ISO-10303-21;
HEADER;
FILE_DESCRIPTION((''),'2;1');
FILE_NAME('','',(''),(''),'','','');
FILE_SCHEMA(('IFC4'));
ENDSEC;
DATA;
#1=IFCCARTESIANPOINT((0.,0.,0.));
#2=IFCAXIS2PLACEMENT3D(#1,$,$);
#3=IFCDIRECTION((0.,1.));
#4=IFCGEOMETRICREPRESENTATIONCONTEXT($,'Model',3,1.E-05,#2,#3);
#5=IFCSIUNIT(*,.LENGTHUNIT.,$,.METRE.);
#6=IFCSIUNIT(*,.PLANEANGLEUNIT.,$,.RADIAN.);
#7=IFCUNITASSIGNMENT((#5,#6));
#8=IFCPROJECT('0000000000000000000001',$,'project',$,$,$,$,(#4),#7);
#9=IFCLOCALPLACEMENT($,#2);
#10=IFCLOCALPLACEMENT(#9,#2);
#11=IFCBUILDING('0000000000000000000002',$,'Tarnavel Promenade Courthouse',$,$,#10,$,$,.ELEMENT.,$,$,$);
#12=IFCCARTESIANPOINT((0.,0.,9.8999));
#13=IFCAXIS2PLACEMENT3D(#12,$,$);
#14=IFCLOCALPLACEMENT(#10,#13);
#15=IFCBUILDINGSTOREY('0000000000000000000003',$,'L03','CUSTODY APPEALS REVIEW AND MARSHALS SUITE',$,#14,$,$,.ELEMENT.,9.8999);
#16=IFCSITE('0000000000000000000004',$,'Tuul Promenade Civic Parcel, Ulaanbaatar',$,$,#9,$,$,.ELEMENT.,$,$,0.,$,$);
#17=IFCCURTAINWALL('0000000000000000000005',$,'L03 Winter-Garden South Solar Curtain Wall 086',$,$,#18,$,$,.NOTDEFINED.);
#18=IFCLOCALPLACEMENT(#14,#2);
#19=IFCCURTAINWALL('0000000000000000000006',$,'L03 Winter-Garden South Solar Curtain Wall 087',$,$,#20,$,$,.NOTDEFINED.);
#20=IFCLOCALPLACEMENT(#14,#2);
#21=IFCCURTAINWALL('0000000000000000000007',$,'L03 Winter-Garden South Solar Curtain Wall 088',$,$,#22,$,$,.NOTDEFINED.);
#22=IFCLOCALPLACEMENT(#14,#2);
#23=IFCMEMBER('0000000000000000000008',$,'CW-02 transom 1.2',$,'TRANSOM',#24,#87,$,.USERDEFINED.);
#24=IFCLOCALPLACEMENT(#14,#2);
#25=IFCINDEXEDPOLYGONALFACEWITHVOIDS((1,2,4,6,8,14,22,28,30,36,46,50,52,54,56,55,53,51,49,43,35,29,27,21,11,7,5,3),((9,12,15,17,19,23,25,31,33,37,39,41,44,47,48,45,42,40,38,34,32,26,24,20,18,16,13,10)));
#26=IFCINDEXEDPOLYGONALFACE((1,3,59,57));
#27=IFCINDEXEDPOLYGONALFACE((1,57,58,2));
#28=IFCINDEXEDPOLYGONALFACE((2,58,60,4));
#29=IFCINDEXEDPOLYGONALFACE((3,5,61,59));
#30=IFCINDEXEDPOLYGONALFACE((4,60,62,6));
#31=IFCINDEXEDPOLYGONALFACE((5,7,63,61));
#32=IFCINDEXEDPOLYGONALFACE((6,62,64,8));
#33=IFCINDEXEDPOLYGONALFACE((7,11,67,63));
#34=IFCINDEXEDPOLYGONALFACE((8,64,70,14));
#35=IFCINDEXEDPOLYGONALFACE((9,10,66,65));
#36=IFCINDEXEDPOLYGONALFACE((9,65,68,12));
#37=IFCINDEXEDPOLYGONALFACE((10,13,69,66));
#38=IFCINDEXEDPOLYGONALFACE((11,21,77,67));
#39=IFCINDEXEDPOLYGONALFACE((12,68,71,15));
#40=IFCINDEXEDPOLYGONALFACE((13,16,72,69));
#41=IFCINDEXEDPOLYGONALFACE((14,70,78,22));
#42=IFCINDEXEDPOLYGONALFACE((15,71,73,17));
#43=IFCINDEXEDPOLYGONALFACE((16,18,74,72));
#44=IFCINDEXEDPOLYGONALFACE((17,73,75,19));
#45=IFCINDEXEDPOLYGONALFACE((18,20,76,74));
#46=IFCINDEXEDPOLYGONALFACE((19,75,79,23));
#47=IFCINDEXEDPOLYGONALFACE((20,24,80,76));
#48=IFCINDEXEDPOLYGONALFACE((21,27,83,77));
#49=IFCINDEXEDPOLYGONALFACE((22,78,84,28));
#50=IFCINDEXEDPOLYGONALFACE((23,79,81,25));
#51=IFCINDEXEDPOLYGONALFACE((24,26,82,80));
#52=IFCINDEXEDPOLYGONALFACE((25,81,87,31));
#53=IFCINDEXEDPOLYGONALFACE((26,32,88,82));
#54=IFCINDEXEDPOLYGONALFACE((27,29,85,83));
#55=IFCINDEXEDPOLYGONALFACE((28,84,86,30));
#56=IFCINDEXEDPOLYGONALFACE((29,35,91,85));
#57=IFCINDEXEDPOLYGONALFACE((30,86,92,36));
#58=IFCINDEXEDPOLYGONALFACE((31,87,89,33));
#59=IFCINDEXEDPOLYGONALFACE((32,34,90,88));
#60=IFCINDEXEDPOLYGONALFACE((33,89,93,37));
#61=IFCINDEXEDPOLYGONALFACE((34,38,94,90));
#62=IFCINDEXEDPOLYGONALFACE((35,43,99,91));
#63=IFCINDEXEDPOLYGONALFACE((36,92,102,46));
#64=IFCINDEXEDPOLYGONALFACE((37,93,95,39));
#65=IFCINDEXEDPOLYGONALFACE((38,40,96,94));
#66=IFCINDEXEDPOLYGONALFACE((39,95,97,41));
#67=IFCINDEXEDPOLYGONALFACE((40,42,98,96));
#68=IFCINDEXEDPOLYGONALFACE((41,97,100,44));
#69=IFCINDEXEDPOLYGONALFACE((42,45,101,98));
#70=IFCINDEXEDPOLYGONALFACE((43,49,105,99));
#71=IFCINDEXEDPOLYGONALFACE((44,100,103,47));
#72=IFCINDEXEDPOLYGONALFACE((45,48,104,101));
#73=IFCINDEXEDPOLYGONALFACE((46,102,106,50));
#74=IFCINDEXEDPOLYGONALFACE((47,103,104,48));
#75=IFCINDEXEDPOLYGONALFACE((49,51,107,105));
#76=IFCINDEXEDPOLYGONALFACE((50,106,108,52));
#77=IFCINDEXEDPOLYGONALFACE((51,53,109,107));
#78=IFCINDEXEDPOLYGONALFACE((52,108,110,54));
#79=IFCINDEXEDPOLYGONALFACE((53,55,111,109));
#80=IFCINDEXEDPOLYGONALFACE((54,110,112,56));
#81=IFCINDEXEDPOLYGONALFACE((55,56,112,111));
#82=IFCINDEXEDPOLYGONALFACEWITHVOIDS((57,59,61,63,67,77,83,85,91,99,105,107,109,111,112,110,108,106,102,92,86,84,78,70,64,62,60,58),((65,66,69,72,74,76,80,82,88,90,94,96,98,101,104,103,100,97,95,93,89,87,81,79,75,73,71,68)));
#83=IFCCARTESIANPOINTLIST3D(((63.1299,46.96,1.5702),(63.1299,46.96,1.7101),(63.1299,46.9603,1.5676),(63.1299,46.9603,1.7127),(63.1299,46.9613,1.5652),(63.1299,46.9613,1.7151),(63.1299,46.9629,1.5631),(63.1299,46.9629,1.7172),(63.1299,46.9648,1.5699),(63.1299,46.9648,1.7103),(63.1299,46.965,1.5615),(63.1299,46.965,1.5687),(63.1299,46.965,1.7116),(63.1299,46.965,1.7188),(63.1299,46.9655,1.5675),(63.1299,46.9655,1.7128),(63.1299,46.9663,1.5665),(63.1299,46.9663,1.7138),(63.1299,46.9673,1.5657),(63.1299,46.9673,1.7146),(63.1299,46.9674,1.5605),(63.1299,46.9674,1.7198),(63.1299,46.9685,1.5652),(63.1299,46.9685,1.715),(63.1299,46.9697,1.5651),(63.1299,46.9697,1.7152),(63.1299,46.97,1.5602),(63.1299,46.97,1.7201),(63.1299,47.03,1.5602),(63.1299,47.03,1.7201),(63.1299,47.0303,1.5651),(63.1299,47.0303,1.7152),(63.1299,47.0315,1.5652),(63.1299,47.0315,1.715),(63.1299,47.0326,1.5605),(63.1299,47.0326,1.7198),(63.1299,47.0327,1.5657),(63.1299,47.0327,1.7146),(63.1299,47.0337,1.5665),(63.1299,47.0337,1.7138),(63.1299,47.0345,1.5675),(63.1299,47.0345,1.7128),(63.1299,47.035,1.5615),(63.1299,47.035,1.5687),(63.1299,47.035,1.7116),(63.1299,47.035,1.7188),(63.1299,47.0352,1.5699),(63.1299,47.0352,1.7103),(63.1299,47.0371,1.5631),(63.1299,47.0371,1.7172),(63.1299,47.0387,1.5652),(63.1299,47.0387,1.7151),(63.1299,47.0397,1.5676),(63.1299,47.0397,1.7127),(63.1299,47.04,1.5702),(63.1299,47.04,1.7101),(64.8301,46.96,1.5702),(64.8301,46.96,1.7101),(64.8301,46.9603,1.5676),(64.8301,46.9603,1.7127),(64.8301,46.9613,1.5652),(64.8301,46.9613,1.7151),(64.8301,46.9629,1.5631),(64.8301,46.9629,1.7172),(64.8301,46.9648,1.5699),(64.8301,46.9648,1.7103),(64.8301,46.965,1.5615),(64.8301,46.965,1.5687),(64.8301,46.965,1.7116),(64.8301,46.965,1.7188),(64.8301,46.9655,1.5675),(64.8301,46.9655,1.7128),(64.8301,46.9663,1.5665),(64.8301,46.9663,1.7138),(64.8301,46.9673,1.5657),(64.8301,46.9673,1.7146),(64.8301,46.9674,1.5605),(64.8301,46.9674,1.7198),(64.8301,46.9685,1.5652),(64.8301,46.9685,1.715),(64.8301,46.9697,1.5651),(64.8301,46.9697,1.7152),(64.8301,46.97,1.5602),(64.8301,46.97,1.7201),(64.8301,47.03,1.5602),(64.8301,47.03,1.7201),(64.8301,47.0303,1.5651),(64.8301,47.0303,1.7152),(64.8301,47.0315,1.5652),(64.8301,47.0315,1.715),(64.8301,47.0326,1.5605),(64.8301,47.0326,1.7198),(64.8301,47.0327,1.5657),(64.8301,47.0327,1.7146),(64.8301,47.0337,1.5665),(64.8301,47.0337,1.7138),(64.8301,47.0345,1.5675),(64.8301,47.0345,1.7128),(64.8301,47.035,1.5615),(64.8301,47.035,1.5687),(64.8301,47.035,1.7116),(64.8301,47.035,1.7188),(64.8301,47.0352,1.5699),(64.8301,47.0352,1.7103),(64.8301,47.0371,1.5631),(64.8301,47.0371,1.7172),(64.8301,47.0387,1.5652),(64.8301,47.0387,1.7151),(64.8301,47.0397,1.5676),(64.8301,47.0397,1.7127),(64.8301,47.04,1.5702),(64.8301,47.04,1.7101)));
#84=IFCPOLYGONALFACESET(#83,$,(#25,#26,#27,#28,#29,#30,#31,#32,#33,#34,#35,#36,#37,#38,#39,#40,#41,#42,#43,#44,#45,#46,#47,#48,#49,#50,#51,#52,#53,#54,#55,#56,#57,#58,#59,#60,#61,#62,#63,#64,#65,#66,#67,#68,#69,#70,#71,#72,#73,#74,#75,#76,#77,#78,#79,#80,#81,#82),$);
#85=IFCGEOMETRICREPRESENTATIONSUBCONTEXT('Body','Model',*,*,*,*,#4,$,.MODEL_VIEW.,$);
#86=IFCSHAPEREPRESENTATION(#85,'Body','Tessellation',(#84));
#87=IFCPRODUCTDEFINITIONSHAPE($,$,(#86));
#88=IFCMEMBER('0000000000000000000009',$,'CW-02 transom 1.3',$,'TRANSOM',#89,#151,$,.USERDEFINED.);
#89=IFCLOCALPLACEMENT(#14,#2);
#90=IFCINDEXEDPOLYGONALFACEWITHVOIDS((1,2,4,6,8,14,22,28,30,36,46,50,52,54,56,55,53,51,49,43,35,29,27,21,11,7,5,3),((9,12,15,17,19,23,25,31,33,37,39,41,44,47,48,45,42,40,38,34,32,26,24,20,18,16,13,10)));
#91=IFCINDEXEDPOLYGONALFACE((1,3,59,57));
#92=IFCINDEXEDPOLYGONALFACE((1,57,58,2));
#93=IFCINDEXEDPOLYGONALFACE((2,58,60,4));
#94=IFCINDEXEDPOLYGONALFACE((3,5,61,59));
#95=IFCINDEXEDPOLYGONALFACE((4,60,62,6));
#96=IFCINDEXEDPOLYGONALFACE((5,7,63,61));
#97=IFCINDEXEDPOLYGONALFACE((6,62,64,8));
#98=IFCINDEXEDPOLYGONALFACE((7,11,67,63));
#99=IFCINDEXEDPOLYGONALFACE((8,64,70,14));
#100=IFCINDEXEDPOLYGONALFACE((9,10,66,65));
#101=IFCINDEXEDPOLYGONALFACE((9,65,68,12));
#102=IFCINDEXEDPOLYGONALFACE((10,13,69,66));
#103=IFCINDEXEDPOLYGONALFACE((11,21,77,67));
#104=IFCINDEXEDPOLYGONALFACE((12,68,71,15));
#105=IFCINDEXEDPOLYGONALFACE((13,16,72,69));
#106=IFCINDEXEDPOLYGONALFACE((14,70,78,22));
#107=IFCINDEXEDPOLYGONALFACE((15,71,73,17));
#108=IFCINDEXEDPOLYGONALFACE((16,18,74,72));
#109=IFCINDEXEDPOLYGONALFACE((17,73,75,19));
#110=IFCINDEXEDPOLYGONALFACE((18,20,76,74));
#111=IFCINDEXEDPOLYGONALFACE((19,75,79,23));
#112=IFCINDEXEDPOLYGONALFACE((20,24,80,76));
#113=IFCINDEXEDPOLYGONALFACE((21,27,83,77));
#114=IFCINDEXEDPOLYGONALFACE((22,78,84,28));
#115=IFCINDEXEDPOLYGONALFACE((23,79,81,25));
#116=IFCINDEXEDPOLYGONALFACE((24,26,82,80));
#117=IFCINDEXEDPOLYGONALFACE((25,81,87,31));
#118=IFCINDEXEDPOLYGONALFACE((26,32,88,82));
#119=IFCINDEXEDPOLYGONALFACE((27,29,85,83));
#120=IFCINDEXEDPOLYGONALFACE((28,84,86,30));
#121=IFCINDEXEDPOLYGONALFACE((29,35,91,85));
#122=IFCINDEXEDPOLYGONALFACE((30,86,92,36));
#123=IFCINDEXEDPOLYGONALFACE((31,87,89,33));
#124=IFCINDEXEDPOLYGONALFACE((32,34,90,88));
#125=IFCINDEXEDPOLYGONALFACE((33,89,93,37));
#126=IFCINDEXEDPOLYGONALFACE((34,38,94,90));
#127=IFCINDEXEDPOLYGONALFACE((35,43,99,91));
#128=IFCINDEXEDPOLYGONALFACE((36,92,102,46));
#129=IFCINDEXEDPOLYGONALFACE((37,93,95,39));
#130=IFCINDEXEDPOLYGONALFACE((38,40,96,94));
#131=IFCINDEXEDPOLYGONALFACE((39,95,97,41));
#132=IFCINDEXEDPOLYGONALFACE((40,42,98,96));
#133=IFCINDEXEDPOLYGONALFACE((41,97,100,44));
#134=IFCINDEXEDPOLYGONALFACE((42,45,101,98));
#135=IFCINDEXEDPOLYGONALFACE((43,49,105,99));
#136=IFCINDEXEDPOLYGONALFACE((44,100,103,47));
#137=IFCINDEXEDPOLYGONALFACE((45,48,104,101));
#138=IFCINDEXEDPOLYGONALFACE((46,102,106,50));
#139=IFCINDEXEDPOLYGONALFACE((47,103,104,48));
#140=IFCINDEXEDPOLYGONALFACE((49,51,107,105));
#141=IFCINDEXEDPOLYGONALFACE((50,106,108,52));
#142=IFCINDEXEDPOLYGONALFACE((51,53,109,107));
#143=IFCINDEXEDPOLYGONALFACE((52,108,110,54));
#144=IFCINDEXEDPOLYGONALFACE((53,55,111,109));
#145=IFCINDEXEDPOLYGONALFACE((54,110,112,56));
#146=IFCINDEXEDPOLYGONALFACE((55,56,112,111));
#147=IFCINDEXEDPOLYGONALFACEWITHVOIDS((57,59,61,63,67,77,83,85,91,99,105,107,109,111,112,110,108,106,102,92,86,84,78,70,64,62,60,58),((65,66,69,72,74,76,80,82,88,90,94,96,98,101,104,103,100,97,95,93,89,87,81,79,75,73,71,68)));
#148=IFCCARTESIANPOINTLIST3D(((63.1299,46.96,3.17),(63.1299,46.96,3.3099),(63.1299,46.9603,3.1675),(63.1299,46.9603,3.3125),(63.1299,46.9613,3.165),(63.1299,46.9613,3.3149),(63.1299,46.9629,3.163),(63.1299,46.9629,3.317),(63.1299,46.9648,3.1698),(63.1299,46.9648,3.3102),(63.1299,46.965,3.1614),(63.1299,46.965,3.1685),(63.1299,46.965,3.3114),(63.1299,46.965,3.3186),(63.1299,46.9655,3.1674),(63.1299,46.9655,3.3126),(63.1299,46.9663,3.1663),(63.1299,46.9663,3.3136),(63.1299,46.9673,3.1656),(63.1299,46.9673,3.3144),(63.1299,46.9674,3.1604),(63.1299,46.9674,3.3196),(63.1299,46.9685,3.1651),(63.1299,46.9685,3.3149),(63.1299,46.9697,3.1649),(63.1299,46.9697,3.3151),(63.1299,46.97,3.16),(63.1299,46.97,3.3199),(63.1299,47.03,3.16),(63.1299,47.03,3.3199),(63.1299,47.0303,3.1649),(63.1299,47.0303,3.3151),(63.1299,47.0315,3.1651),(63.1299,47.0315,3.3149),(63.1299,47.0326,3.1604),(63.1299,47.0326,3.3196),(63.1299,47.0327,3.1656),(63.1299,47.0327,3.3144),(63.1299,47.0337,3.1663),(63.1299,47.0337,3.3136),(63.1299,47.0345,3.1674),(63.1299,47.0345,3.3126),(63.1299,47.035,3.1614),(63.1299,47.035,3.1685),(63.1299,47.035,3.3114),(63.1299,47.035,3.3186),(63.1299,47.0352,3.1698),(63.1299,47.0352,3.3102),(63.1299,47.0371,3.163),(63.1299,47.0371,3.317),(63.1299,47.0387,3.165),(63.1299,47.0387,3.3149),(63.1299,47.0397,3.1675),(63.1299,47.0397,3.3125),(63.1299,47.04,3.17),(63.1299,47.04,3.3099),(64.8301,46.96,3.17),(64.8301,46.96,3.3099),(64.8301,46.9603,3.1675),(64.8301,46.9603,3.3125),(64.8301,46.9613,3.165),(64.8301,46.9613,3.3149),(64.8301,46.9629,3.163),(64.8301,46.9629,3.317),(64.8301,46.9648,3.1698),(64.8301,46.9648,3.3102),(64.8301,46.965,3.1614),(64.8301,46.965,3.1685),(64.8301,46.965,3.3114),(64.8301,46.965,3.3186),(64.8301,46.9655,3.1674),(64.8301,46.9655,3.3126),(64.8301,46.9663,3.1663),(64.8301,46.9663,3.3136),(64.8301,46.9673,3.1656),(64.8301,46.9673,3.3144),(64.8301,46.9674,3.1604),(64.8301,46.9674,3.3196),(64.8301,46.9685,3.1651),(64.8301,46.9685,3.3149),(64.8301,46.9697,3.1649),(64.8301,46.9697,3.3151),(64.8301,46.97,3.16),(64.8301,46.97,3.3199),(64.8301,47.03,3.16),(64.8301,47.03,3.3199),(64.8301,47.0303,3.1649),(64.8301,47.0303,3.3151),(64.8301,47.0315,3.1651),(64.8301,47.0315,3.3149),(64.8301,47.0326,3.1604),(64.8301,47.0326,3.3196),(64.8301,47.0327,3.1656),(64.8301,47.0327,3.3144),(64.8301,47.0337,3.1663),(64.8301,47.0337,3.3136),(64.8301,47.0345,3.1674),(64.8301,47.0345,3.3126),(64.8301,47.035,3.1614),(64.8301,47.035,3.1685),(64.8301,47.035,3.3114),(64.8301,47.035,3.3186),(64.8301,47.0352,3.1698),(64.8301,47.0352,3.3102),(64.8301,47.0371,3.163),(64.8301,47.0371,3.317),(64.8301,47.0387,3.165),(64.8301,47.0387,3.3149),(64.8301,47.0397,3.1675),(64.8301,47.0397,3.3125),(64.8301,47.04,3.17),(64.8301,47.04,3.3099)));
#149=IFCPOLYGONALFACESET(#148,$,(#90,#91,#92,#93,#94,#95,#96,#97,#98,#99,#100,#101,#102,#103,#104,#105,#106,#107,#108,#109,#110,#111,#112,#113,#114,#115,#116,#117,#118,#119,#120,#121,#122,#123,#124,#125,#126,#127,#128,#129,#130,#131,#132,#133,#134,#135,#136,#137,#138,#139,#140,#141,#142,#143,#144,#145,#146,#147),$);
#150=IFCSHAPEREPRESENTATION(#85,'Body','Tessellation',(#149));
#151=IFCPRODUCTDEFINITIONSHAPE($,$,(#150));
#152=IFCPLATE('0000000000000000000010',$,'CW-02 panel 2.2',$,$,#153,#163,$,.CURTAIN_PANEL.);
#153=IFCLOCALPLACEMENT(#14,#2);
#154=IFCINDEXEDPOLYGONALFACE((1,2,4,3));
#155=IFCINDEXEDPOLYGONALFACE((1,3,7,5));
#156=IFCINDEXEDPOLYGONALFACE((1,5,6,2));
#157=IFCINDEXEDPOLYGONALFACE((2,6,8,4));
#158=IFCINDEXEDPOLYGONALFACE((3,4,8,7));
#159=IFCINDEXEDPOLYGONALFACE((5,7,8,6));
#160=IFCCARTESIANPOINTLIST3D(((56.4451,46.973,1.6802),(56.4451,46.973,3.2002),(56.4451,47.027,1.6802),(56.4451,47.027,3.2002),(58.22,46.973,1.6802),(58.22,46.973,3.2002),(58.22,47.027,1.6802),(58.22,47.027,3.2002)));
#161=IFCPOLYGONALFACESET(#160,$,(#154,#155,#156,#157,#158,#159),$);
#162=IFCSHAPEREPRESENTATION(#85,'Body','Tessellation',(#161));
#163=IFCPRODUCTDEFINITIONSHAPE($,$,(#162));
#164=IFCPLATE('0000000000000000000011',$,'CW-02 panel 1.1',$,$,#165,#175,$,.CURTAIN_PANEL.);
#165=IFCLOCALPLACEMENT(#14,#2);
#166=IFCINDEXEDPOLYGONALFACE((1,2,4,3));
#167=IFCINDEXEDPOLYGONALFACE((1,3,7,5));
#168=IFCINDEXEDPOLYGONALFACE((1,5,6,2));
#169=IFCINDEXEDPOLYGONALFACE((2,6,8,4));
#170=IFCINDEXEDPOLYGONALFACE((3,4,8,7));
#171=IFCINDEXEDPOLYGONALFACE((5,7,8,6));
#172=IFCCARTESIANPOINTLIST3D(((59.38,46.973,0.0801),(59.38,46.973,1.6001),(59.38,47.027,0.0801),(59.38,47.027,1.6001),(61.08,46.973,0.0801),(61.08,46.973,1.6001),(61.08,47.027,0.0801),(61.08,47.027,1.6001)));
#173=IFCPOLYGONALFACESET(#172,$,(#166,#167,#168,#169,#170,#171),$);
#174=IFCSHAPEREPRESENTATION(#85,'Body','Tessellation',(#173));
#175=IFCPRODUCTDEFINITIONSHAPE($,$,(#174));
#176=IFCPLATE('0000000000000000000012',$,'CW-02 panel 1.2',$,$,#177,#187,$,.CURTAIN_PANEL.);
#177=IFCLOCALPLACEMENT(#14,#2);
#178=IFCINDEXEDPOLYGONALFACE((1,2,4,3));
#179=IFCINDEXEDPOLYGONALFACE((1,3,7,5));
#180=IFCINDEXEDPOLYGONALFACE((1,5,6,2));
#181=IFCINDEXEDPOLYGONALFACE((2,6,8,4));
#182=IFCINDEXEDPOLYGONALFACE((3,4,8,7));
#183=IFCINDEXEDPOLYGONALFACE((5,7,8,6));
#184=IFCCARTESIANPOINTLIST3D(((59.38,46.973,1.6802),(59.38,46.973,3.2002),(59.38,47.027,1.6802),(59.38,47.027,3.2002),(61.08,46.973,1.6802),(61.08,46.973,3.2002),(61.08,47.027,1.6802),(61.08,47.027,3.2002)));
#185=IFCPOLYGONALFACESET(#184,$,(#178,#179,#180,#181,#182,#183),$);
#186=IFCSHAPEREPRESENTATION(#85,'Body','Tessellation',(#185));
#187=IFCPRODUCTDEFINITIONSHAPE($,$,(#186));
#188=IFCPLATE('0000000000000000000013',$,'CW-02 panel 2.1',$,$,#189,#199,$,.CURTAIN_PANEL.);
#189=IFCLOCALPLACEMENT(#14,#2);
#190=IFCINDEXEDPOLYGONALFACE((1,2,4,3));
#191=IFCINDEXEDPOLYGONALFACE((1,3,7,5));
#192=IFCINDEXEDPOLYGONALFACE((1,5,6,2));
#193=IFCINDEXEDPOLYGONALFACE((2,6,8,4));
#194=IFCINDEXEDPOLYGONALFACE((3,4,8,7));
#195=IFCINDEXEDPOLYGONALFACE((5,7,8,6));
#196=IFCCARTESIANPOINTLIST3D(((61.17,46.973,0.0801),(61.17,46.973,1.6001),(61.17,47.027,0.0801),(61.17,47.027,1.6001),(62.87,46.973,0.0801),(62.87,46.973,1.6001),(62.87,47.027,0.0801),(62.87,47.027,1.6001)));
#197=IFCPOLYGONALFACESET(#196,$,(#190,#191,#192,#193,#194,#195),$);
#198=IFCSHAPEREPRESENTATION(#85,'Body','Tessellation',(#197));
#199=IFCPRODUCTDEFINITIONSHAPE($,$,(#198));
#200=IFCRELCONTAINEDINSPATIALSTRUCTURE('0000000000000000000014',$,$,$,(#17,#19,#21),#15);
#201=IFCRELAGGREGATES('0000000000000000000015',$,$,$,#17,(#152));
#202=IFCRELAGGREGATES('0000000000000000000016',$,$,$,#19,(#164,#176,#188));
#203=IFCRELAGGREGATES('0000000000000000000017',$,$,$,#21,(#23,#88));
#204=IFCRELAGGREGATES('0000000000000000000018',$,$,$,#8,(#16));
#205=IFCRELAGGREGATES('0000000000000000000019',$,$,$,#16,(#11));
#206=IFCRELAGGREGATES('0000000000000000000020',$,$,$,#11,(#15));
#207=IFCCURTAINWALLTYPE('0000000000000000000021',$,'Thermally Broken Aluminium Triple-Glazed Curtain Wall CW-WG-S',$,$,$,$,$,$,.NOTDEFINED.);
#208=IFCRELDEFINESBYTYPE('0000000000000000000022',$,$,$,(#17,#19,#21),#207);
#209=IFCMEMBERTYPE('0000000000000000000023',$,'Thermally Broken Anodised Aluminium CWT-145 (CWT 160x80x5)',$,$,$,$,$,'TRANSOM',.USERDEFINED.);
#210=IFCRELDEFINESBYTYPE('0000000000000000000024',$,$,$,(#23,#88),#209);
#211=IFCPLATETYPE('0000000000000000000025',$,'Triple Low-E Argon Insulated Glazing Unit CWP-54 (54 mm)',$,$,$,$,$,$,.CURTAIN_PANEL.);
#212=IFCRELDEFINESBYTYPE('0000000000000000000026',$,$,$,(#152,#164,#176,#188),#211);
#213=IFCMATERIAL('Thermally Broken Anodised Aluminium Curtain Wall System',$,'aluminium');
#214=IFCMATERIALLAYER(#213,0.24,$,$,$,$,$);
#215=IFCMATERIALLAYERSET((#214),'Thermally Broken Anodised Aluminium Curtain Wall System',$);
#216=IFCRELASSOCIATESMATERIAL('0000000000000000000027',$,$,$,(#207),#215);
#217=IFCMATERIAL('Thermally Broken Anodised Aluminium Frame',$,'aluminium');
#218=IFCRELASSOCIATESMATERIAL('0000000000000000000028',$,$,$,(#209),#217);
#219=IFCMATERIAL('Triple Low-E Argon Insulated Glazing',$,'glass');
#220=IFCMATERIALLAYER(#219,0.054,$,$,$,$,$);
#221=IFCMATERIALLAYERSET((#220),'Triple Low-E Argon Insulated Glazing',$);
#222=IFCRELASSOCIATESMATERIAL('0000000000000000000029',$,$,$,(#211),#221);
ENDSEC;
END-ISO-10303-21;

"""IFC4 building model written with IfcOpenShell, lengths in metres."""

from ifc_helpers import new_model, si_unit, direction, frame, origin, origin_2d, place, context, subcontext, project, spatial, rectangle, hollow_rectangle, extrude, material, layer, layer_set, material_profile, profile_set, type_object, element, aggregate, save


model = new_model("IFC4")

# Units and contexts
model_context = context("Model", 3, precision=1e-05, world=origin(), true_north=direction((0.0, 1.0)))
body_context = subcontext(model_context, "Body", "Model", "MODEL_VIEW")
ifc_project = project(units=[si_unit("LENGTHUNIT", "METRE"), si_unit("PLANEANGLEUNIT", "RADIAN")], contexts=[model_context])

# Site, building, storey
site_placement = place(None, origin())
site = spatial("IfcSite", under=ifc_project, at=site_placement, Name="Tuul Promenade Civic Parcel, Ulaanbaatar", CompositionType="ELEMENT", RefElevation=0.0)
building_placement = place(site_placement, origin())
building = spatial("IfcBuilding", under=site, at=building_placement, Name="Tarnavel Promenade Courthouse", CompositionType="ELEMENT")
storey_placement = place(building_placement, frame((0.0, 0.0, 9.8999)))
storey = spatial("IfcBuildingStorey", under=building, at=storey_placement, Name="L03", Description="CUSTODY APPEALS REVIEW AND MARSHALS SUITE", CompositionType="ELEMENT", Elevation=9.8999)

# Curtain wall
ifc_material_1 = material(Name="Thermally Broken Anodised Aluminium Curtain Wall System", Category="aluminium")
ifc_layer_1 = layer(ifc_material_1, 0.24)
ifc_layer_set_1 = layer_set([ifc_layer_1], Name="Thermally Broken Anodised Aluminium Curtain Wall System")
curtain_wall_type = type_object("IfcCurtainWallType", Name="Thermally Broken Aluminium Triple-Glazed Curtain Wall CW-WG-S", PredefinedType="NOTDEFINED", material=ifc_layer_set_1)
curtain_wall_1_placement = place(storey_placement, origin())
curtain_wall_1 = element("IfcCurtainWall", 1, at=curtain_wall_1_placement, inside=storey, type_object=curtain_wall_type, Name="L03 Winter-Garden South Solar Curtain Wall 086", PredefinedType="NOTDEFINED")
ifc_material_2 = material(Name="Thermally Broken Anodised Aluminium Frame", Category="aluminium")

# Curtain wall
curtain_wall_2_placement = place(storey_placement, origin())
curtain_wall_2 = element("IfcCurtainWall", 2, at=curtain_wall_2_placement, inside=storey, type_object=curtain_wall_type, Name="L03 Winter-Garden South Solar Curtain Wall 087", PredefinedType="NOTDEFINED")

# Curtain wall
curtain_wall_3_placement = place(storey_placement, origin())
curtain_wall_3 = element("IfcCurtainWall", 3, at=curtain_wall_3_placement, inside=storey, type_object=curtain_wall_type, Name="L03 Winter-Garden South Solar Curtain Wall 088", PredefinedType="NOTDEFINED")

# Members
ifc_material_profile_1 = material_profile(ifc_material_2, hollow_rectangle(XDim=0.0801, YDim=0.1599, WallThickness=0.0049, InnerFilletRadius=0.0049, OuterFilletRadius=0.01, at=origin_2d()), Name="CWT 160x80x5")
ifc_profile_set_1 = profile_set([ifc_material_profile_1], Name="Thermally Broken Anodised Aluminium Frame")
member_type_1 = type_object("IfcMemberType", Name="Thermally Broken Anodised Aluminium CWT-145 (CWT 160x80x5)", ElementType="TRANSOM", PredefinedType="USERDEFINED", material=ifc_profile_set_1)
member_1_placement = place(storey_placement, frame((63.1299, 47.0, 1.6401), z_axis=(1.0, 0.0, 0.0), x_axis=(0.0, 1.0, 0.0)))
member_1 = element("IfcMember", 4, at=member_1_placement, type_object=member_type_1, Name="CW-02 transom 1.2", ObjectType="TRANSOM", PredefinedType="USERDEFINED", context=body_context, shape_type="SweptSolid", body=[
    extrude(hollow_rectangle(XDim=0.0801, YDim=0.1599, WallThickness=0.0049, InnerFilletRadius=0.0049, OuterFilletRadius=0.01, at=origin_2d()), origin(), (0.0, 0.0, 1.0), 1.7002),
])
member_2_placement = place(storey_placement, frame((63.1299, 47.0, 3.24), z_axis=(1.0, 0.0, 0.0), x_axis=(0.0, 1.0, 0.0)))
member_2 = element("IfcMember", 5, at=member_2_placement, type_object=member_type_1, Name="CW-02 transom 1.3", ObjectType="TRANSOM", PredefinedType="USERDEFINED", context=body_context, shape_type="SweptSolid", body=[
    extrude(hollow_rectangle(XDim=0.0801, YDim=0.1599, WallThickness=0.0049, InnerFilletRadius=0.0049, OuterFilletRadius=0.01, at=origin_2d()), origin(), (0.0, 0.0, 1.0), 1.7002),
])

# Plates
ifc_material_3 = material(Name="Triple Low-E Argon Insulated Glazing", Category="glass")
ifc_layer_2 = layer(ifc_material_3, 0.054)
ifc_layer_set_2 = layer_set([ifc_layer_2], Name="Triple Low-E Argon Insulated Glazing")
plate_type = type_object("IfcPlateType", Name="Triple Low-E Argon Insulated Glazing Unit CWP-54 (54 mm)", PredefinedType="CURTAIN_PANEL", material=ifc_layer_set_2)
plate_1_placement = place(storey_placement, frame((57.3325, 47.0, 1.6802), z_axis=(0.0, 0.0, 1.0), x_axis=(1.0, 0.0, 0.0)))
plate_1 = element("IfcPlate", 6, at=plate_1_placement, type_object=plate_type, Name="CW-02 panel 2.2", PredefinedType="CURTAIN_PANEL", context=body_context, shape_type="SweptSolid", body=[
    extrude(rectangle(XDim=1.7749, YDim=0.054, at=origin_2d()), origin(), (0.0, 0.0, 1.0), 1.52),
])
aggregate(curtain_wall_1, [plate_1])
plate_2_placement = place(storey_placement, frame((60.23, 47.0, 0.0801), z_axis=(0.0, 0.0, 1.0), x_axis=(1.0, 0.0, 0.0)))
plate_2 = element("IfcPlate", 7, at=plate_2_placement, type_object=plate_type, Name="CW-02 panel 1.1", PredefinedType="CURTAIN_PANEL", context=body_context, shape_type="SweptSolid", body=[
    extrude(rectangle(XDim=1.7, YDim=0.054, at=origin_2d()), origin(), (0.0, 0.0, 1.0), 1.52),
])
plate_3_placement = place(storey_placement, frame((60.23, 47.0, 1.6802), z_axis=(0.0, 0.0, 1.0), x_axis=(1.0, 0.0, 0.0)))
plate_3 = element("IfcPlate", 8, at=plate_3_placement, type_object=plate_type, Name="CW-02 panel 1.2", PredefinedType="CURTAIN_PANEL", context=body_context, shape_type="SweptSolid", body=[
    extrude(rectangle(XDim=1.7, YDim=0.054, at=origin_2d()), origin(), (0.0, 0.0, 1.0), 1.52),
])
plate_4_placement = place(storey_placement, frame((62.02, 47.0, 0.0801), z_axis=(0.0, 0.0, 1.0), x_axis=(1.0, 0.0, 0.0)))
plate_4 = element("IfcPlate", 9, at=plate_4_placement, type_object=plate_type, Name="CW-02 panel 2.1", PredefinedType="CURTAIN_PANEL", context=body_context, shape_type="SweptSolid", body=[
    extrude(rectangle(XDim=1.7, YDim=0.054, at=origin_2d()), origin(), (0.0, 0.0, 1.0), 1.52),
])
aggregate(curtain_wall_2, [plate_2, plate_3, plate_4])
aggregate(curtain_wall_3, [member_1, member_2])

save(model, "model.ifc")
